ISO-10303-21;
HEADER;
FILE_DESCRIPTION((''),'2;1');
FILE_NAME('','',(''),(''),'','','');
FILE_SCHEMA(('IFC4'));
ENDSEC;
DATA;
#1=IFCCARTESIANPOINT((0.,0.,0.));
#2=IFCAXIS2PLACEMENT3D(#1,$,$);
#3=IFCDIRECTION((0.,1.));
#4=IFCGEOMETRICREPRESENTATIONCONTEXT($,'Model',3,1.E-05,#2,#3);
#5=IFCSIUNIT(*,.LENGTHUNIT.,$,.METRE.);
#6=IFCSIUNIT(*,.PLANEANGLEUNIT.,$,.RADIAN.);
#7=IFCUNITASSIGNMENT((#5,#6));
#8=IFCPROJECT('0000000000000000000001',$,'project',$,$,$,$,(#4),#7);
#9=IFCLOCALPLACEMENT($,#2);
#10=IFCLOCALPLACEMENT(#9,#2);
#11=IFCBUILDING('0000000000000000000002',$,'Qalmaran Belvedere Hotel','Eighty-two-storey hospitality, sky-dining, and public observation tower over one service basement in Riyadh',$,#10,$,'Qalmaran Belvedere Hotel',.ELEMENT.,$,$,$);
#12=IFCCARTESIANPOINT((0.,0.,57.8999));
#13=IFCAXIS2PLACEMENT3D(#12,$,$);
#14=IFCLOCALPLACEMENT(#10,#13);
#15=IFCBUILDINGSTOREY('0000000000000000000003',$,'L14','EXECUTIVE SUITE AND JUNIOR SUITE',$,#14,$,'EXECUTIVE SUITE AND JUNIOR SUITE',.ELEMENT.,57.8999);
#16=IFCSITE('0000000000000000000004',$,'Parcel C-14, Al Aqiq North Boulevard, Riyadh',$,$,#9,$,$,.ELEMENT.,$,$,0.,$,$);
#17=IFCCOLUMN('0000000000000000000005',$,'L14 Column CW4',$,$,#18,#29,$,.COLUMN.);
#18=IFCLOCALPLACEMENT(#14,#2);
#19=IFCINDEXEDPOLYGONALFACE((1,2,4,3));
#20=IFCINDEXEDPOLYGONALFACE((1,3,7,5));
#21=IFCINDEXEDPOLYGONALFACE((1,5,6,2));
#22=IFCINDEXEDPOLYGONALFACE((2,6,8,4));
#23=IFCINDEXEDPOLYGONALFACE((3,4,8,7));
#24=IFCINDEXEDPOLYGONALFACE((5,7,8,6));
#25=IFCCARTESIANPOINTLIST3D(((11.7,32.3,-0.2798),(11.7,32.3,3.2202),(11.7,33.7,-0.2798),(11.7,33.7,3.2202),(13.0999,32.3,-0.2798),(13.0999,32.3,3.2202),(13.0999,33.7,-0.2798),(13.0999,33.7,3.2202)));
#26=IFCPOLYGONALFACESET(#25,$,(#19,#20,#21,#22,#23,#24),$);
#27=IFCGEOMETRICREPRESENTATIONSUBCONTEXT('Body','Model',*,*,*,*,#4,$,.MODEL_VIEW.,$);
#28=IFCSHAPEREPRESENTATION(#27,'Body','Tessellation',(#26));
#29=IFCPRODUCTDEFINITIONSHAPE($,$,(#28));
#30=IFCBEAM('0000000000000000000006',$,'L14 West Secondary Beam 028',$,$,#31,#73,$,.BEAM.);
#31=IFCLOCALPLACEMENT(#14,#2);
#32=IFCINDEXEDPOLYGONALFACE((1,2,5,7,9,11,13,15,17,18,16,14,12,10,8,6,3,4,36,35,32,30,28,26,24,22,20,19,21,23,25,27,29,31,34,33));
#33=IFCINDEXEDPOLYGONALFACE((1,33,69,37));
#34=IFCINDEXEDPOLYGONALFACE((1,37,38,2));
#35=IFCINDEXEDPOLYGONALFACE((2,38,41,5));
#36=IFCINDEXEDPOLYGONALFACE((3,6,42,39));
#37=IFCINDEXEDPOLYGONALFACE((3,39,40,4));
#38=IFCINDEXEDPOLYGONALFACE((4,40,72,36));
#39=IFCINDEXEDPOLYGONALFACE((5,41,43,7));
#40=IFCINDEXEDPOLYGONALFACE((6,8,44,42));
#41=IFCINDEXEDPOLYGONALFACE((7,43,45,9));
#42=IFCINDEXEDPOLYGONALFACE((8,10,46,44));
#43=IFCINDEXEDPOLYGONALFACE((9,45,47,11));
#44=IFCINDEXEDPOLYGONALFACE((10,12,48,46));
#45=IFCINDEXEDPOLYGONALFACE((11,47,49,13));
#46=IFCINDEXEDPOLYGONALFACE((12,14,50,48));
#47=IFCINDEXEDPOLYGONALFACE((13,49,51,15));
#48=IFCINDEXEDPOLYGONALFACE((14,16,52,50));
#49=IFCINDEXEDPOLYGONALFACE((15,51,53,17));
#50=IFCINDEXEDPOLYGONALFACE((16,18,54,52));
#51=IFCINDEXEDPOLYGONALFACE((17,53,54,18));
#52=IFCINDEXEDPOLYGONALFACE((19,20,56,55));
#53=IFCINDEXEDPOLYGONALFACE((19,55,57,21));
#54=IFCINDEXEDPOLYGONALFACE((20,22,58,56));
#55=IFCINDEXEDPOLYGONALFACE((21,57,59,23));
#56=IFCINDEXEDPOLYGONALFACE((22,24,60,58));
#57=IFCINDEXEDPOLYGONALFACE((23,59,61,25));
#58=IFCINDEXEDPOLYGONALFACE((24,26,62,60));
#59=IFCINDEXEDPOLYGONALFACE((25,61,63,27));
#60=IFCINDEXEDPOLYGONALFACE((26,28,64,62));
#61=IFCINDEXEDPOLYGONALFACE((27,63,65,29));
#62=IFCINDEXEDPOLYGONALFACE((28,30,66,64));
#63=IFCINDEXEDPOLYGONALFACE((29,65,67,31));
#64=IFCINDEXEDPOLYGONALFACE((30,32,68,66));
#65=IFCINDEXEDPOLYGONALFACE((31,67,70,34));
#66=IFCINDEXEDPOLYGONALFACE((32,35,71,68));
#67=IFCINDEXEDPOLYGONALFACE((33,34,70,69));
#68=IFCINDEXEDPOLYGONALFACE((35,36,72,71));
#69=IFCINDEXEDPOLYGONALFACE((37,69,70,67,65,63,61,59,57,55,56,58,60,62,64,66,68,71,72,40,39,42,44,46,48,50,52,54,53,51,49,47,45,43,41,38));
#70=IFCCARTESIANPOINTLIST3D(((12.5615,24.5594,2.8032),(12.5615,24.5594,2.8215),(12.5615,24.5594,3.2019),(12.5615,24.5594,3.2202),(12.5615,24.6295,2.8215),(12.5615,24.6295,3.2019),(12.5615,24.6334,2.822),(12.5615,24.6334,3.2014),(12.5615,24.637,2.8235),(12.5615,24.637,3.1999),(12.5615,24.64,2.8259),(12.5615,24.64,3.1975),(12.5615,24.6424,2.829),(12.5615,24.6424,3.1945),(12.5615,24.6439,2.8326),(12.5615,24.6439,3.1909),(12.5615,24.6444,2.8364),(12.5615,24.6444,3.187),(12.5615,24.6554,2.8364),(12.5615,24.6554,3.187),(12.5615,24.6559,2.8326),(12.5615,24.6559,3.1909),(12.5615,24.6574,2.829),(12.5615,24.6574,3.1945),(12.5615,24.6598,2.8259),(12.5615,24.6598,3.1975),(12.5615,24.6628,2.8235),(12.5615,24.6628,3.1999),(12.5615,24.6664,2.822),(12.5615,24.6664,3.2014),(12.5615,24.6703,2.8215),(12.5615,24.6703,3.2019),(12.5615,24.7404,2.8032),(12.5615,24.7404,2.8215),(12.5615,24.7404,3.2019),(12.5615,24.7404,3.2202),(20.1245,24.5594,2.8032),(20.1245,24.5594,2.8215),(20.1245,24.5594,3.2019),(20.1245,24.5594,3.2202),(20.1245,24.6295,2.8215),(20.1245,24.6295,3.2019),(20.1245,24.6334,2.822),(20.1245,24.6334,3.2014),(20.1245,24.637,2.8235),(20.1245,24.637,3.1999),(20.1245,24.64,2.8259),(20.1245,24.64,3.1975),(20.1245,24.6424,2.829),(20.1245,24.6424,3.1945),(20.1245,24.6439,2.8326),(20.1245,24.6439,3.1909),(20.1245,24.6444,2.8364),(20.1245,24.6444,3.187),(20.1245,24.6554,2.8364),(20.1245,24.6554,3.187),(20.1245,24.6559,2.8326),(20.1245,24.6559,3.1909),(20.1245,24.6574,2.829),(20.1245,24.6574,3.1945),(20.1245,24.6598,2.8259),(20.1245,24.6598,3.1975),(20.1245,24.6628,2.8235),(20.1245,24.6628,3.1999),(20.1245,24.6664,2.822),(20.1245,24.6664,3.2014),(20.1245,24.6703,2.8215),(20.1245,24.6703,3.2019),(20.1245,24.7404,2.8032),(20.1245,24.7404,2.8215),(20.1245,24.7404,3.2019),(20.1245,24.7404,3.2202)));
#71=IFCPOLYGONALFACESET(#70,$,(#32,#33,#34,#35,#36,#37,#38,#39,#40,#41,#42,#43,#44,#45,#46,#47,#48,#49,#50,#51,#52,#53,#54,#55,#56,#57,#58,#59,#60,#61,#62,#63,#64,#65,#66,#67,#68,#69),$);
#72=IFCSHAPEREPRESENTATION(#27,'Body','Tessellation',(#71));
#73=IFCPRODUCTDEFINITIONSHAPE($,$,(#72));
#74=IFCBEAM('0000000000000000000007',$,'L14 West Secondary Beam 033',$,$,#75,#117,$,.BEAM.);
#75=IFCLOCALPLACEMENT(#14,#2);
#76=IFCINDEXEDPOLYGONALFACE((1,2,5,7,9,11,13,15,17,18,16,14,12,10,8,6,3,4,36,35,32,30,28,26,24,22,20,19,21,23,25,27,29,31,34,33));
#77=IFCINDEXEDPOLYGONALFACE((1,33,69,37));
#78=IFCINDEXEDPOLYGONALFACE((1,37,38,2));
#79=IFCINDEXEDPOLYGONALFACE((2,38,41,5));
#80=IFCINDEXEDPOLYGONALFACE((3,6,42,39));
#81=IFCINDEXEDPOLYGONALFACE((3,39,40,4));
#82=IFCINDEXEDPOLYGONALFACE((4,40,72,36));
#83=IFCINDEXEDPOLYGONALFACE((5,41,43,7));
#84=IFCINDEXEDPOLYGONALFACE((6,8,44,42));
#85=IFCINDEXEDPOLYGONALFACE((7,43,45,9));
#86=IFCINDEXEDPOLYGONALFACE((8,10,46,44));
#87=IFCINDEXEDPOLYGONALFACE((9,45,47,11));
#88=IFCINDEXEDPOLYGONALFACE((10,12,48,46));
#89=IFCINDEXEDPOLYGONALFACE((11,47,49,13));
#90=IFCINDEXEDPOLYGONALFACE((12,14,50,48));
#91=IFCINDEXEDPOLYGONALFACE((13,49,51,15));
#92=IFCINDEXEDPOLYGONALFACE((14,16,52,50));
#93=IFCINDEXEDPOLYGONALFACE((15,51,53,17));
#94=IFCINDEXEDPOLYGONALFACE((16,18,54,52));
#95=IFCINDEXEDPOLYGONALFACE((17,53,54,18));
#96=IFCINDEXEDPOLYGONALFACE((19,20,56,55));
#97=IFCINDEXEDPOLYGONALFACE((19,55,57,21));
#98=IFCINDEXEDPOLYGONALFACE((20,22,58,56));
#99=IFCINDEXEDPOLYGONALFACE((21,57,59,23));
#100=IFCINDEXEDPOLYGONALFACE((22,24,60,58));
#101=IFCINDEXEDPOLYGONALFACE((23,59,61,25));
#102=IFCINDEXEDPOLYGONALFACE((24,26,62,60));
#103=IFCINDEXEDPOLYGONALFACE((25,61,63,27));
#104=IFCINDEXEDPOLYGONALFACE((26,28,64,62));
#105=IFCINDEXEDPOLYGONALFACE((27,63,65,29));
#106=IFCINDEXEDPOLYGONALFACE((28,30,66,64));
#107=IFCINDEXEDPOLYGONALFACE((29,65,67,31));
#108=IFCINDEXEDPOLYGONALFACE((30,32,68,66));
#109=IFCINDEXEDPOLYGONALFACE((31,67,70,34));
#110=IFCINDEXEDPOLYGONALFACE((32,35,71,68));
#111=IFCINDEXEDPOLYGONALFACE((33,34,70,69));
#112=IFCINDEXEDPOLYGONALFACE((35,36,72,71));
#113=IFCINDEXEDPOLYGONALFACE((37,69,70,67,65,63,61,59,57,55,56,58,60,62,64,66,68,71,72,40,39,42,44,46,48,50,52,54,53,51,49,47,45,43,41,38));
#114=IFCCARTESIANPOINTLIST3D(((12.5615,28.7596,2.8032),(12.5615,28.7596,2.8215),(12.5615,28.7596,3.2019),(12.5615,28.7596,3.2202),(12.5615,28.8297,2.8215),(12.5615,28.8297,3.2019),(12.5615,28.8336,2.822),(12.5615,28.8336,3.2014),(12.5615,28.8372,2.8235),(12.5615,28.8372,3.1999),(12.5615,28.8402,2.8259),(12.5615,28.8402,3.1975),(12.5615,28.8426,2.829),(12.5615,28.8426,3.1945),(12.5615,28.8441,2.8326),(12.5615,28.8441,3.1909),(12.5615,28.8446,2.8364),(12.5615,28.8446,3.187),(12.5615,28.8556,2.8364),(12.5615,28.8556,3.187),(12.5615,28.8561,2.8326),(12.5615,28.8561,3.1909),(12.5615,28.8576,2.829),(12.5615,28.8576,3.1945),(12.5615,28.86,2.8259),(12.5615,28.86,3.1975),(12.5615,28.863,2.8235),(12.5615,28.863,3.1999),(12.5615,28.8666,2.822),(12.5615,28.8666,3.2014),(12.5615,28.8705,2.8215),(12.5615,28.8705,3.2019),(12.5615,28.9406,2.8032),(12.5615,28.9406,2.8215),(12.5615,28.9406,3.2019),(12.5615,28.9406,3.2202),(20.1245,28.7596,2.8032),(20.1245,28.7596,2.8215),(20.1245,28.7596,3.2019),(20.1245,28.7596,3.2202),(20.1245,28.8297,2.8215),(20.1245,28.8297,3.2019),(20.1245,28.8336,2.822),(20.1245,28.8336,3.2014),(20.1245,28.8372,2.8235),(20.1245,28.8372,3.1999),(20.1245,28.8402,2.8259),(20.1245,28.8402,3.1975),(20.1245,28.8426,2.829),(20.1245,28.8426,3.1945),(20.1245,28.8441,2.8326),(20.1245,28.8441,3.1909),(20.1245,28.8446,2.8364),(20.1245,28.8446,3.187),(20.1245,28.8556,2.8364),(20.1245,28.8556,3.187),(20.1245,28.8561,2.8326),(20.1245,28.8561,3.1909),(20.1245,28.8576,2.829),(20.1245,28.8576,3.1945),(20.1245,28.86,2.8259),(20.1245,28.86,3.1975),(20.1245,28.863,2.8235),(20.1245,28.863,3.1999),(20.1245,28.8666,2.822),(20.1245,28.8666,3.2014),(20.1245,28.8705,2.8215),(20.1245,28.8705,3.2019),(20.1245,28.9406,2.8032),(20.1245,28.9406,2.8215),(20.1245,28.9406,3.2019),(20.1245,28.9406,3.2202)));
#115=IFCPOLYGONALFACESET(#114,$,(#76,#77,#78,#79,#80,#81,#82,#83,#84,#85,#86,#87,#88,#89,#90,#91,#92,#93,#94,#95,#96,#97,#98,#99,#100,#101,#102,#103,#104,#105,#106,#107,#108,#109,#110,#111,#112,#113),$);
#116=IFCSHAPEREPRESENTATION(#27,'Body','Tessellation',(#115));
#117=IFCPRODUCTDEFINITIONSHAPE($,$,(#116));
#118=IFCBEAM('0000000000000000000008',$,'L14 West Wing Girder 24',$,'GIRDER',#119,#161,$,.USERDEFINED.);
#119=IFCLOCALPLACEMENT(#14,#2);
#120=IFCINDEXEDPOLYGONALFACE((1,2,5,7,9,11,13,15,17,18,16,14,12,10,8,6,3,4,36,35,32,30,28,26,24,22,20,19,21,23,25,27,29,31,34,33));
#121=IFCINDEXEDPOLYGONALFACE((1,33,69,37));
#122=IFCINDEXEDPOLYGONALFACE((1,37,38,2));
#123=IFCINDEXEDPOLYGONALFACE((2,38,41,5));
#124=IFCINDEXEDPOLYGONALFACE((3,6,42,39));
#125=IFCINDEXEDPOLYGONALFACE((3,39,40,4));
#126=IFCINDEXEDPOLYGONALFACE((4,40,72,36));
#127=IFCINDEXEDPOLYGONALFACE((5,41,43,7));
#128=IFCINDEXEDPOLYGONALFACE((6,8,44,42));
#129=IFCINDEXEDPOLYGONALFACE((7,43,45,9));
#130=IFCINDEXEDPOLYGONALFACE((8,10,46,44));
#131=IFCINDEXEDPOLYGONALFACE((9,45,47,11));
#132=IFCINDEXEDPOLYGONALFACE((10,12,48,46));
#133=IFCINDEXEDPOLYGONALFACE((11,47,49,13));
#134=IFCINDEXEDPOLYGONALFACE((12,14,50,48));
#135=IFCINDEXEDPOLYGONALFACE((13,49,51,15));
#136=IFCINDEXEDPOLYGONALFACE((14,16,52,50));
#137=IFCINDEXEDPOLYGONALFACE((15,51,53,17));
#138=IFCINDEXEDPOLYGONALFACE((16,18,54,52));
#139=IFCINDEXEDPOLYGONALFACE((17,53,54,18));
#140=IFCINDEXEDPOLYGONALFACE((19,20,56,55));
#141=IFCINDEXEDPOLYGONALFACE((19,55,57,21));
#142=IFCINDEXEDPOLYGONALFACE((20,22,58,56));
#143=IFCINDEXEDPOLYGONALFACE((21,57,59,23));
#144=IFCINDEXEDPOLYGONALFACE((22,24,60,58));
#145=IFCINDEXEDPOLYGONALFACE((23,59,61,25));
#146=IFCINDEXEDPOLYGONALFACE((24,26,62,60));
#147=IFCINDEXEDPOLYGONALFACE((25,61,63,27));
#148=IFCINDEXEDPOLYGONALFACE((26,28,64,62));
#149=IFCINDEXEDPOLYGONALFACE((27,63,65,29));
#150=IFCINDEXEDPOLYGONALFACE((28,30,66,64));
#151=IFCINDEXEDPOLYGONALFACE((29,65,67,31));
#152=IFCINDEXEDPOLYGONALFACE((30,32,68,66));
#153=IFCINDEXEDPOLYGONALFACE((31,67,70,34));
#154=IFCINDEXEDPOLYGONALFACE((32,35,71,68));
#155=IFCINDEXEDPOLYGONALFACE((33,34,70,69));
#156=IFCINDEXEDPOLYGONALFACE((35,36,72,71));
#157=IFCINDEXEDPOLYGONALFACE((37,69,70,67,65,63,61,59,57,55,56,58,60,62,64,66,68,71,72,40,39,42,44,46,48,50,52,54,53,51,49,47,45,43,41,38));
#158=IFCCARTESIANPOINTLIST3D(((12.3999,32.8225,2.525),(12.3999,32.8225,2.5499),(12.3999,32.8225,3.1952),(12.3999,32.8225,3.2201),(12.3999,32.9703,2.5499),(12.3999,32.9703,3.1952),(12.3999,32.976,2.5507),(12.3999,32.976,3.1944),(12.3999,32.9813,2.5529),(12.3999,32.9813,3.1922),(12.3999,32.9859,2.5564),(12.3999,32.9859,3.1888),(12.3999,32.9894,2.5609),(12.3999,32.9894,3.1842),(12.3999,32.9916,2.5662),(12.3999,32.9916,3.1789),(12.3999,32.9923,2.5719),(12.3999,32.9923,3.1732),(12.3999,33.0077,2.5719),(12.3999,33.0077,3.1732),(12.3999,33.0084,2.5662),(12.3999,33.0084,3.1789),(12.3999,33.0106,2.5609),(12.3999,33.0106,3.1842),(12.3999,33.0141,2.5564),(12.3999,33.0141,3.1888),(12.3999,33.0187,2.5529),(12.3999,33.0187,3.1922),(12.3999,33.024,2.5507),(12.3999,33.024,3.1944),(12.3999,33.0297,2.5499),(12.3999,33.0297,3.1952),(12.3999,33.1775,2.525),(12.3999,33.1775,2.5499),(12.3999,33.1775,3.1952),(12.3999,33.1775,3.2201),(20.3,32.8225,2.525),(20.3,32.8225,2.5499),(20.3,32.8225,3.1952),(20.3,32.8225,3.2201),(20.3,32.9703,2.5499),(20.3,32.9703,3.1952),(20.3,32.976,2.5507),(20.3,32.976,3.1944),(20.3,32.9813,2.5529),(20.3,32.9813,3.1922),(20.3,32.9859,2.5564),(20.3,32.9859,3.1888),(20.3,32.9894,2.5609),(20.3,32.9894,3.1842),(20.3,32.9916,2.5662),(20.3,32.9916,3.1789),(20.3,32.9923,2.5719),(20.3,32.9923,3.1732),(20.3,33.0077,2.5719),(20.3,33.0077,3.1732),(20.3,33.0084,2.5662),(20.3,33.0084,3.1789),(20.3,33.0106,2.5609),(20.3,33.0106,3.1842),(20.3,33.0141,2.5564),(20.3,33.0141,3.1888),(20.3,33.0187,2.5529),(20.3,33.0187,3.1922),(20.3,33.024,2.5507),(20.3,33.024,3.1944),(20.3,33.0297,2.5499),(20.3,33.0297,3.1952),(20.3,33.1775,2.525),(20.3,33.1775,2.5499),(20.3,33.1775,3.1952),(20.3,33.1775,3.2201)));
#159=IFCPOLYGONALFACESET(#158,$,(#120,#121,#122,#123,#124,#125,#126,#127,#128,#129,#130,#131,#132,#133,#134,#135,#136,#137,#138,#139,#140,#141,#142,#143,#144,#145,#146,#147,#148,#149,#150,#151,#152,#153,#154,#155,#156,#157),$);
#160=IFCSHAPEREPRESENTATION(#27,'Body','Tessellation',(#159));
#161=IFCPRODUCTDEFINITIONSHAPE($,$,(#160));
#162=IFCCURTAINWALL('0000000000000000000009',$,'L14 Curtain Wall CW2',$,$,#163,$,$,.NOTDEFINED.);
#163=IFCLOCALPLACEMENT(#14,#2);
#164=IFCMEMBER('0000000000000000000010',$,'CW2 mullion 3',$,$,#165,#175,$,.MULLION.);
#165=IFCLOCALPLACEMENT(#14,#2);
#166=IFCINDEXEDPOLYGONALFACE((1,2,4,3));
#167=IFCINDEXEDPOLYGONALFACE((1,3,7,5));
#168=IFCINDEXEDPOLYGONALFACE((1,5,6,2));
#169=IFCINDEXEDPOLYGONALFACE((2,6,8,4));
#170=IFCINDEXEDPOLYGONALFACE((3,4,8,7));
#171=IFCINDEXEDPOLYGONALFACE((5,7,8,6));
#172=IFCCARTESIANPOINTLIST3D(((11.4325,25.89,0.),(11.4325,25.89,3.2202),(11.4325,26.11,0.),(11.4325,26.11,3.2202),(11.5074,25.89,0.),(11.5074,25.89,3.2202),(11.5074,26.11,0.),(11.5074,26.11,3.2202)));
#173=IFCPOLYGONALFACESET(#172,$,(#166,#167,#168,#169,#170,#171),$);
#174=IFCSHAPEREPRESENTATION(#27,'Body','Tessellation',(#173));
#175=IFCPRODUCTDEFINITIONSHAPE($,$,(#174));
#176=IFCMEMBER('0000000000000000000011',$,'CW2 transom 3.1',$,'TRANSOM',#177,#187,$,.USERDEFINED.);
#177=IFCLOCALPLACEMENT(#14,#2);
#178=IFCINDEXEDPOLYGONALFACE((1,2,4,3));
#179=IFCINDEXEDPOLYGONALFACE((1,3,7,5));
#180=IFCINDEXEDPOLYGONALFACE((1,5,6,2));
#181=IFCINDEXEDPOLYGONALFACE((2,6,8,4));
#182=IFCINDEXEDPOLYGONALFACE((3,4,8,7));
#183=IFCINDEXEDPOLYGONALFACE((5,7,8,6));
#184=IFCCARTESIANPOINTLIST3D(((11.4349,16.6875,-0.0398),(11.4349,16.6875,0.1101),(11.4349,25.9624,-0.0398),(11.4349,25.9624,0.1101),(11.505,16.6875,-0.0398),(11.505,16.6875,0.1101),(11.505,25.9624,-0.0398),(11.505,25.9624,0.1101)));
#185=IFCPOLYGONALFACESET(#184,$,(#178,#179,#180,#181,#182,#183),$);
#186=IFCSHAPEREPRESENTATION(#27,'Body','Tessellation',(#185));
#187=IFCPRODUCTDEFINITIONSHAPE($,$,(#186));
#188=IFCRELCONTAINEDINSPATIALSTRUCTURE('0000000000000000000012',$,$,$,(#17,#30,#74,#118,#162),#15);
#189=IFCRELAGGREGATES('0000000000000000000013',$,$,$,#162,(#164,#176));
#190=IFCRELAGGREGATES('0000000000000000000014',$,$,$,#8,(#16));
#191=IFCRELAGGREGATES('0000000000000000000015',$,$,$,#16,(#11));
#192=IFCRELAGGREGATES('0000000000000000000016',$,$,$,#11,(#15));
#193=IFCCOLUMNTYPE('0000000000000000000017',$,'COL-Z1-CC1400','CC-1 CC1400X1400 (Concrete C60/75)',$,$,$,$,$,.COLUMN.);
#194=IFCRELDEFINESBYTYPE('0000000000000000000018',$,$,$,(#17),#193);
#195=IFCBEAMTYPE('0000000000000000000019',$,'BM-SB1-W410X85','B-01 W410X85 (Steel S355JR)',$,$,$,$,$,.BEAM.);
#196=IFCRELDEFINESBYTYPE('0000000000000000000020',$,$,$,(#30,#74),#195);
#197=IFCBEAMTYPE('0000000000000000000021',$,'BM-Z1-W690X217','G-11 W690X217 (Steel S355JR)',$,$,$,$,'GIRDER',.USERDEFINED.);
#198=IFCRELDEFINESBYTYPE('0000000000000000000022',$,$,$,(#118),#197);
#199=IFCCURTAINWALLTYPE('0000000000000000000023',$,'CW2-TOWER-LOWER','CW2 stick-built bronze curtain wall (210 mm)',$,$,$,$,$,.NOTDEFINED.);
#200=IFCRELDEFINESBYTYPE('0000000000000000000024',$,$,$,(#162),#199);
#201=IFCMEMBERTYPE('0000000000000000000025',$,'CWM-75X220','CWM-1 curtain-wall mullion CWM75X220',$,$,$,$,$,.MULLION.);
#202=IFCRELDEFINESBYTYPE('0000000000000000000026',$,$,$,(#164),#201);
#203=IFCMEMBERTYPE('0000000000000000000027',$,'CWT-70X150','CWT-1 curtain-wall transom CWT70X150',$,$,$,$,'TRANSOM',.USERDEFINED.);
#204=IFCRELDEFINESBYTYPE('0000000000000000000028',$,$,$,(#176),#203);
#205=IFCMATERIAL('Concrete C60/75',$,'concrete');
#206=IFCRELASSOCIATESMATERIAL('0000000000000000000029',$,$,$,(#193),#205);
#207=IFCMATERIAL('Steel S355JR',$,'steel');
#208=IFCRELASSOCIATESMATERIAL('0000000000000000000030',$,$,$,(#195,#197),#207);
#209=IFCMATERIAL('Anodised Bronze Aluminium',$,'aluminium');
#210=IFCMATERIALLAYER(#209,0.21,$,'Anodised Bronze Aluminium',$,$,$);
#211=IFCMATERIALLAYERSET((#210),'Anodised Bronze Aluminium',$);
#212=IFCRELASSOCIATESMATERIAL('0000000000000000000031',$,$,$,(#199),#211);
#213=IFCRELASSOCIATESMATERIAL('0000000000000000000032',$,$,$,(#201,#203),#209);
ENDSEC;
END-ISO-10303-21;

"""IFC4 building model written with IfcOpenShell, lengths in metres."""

from ifc_helpers import new_model, si_unit, direction, frame, origin, origin_2d, place, context, subcontext, project, spatial, rectangle, i_section, extrude, material, layer, layer_set, material_profile, profile_set, type_object, element, aggregate, save


model = new_model("IFC4")

# Units and contexts
model_context = context("Model", 3, precision=1e-05, world=origin(), true_north=direction((0.0, 1.0)))
body_context = subcontext(model_context, "Body", "Model", "MODEL_VIEW")
ifc_project = project(units=[si_unit("LENGTHUNIT", "METRE"), si_unit("PLANEANGLEUNIT", "RADIAN")], contexts=[model_context])

# Site, building, storey
site_placement = place(None, origin())
site = spatial("IfcSite", under=ifc_project, at=site_placement, Name="Parcel C-14, Al Aqiq North Boulevard, Riyadh", CompositionType="ELEMENT", RefElevation=0.0)
building_placement = place(site_placement, origin())
building = spatial("IfcBuilding", under=site, at=building_placement, Name="Qalmaran Belvedere Hotel", Description="Eighty-two-storey hospitality, sky-dining, and public observation tower over one service basement in Riyadh", LongName="Qalmaran Belvedere Hotel", CompositionType="ELEMENT")
storey_placement = place(building_placement, frame((0.0, 0.0, 57.8999)))
storey = spatial("IfcBuildingStorey", under=building, at=storey_placement, Name="L14", Description="EXECUTIVE SUITE AND JUNIOR SUITE", LongName="EXECUTIVE SUITE AND JUNIOR SUITE", CompositionType="ELEMENT", Elevation=57.8999)

# Column
ifc_material_1 = material(Name="Concrete C60/75", Category="concrete")
ifc_material_profile_1 = material_profile(ifc_material_1, rectangle(XDim=1.3999, YDim=1.3999, at=origin_2d()), Name="CC1400X1400")
ifc_profile_set_1 = profile_set([ifc_material_profile_1], Name="Concrete C60/75")
column_type = type_object("IfcColumnType", Name="COL-Z1-CC1400", Description="CC-1 CC1400X1400 (Concrete C60/75)", PredefinedType="COLUMN", material=ifc_profile_set_1)
column_placement = place(storey_placement, frame((12.3999, 33.0, -0.2798), z_axis=(0.0, 0.0, 1.0), x_axis=(1.0, 0.0, 0.0)))
element("IfcColumn", 1, at=column_placement, inside=storey, type_object=column_type, Name="L14 Column CW4", PredefinedType="COLUMN", context=body_context, shape_type="SweptSolid", body=[
    extrude(rectangle(XDim=1.3999, YDim=1.3999, at=origin_2d()), origin(), (0.0, 0.0, 1.0), 3.5),
])

# Beams
ifc_material_2 = material(Name="Steel S355JR", Category="steel")
ifc_material_profile_2 = material_profile(ifc_material_2, i_section(OverallWidth=0.1809, OverallDepth=0.417, WebThickness=0.011, FlangeThickness=0.0183, FilletRadius=0.0149, at=origin_2d()), Name="W410X85")
ifc_profile_set_2 = profile_set([ifc_material_profile_2], Name="Steel S355JR")
beam_type_1 = type_object("IfcBeamType", Name="BM-SB1-W410X85", Description="B-01 W410X85 (Steel S355JR)", PredefinedType="BEAM", material=ifc_profile_set_2)
for number, where, z_axis, x_axis, name in (
    (2, (12.5615, 24.6499, 3.0117), (1.0, 0.0, 0.0), (0.0, 1.0, 0.0), "L14 West Secondary Beam 028"),
    (3, (12.5615, 28.8501, 3.0117), (1.0, 0.0, 0.0), (0.0, 1.0, 0.0), "L14 West Secondary Beam 033"),
):
    element("IfcBeam", number, at=place(storey_placement, frame(where, z_axis=z_axis, x_axis=x_axis)), inside=storey, type_object=beam_type_1, Name=name, PredefinedType="BEAM", context=body_context, shape_type="SweptSolid", body=[
        extrude(i_section(OverallWidth=0.1809, OverallDepth=0.417, WebThickness=0.011, FlangeThickness=0.0183, FilletRadius=0.0149, at=origin_2d()), origin(), (0.0, 0.0, 1.0), 7.563),
    ])
ifc_material_profile_3 = material_profile(ifc_material_2, i_section(OverallWidth=0.355, OverallDepth=0.6951, WebThickness=0.0154, FlangeThickness=0.0249, FilletRadius=0.022, at=origin_2d()), Name="W690X217")
ifc_profile_set_3 = profile_set([ifc_material_profile_3], Name="Steel S355JR")
beam_type_2 = type_object("IfcBeamType", Name="BM-Z1-W690X217", Description="G-11 W690X217 (Steel S355JR)", ElementType="GIRDER", PredefinedType="USERDEFINED", material=ifc_profile_set_3)
beam_placement = place(storey_placement, frame((12.3999, 33.0, 2.8726), z_axis=(1.0, 0.0, 0.0), x_axis=(0.0, 1.0, 0.0)))
element("IfcBeam", 4, at=beam_placement, inside=storey, type_object=beam_type_2, Name="L14 West Wing Girder 24", ObjectType="GIRDER", PredefinedType="USERDEFINED", context=body_context, shape_type="SweptSolid", body=[
    extrude(i_section(OverallWidth=0.355, OverallDepth=0.6951, WebThickness=0.0154, FlangeThickness=0.0249, FilletRadius=0.022, at=origin_2d()), origin(), (0.0, 0.0, 1.0), 7.9001),
])

# Curtain wall, members
ifc_material_3 = material(Name="Anodised Bronze Aluminium", Category="aluminium")
ifc_layer_1 = layer(ifc_material_3, 0.21, Name="Anodised Bronze Aluminium")
ifc_layer_set_1 = layer_set([ifc_layer_1], Name="Anodised Bronze Aluminium")
curtain_wall_type = type_object("IfcCurtainWallType", Name="CW2-TOWER-LOWER", Description="CW2 stick-built bronze curtain wall (210 mm)", PredefinedType="NOTDEFINED", material=ifc_layer_set_1)
curtain_wall_placement = place(storey_placement, origin())
curtain_wall = element("IfcCurtainWall", 5, at=curtain_wall_placement, inside=storey, type_object=curtain_wall_type, Name="L14 Curtain Wall CW2", PredefinedType="NOTDEFINED")
ifc_material_profile_4 = material_profile(ifc_material_3, rectangle(XDim=0.075, YDim=0.22, at=origin_2d()), Name="CWM75X220")
ifc_profile_set_4 = profile_set([ifc_material_profile_4], Name="Anodised Bronze Aluminium")
member_type_1 = type_object("IfcMemberType", Name="CWM-75X220", Description="CWM-1 curtain-wall mullion CWM75X220", PredefinedType="MULLION", material=ifc_profile_set_4)
member_1_placement = place(storey_placement, frame((11.47, 26.0, 0.0), z_axis=(0.0, 0.0, 1.0), x_axis=(1.0, 0.0, 0.0)))
member_1 = element("IfcMember", 6, at=member_1_placement, type_object=member_type_1, Name="CW2 mullion 3", PredefinedType="MULLION", context=body_context, shape_type="SweptSolid", body=[
    extrude(rectangle(XDim=0.075, YDim=0.22, at=origin_2d()), origin(), (0.0, 0.0, 1.0), 3.2202),
])
ifc_material_profile_5 = material_profile(ifc_material_3, rectangle(XDim=0.0701, YDim=0.1499, at=origin_2d()), Name="CWT70X150")
ifc_profile_set_5 = profile_set([ifc_material_profile_5], Name="Anodised Bronze Aluminium")
member_type_2 = type_object("IfcMemberType", Name="CWT-70X150", Description="CWT-1 curtain-wall transom CWT70X150", ElementType="TRANSOM", PredefinedType="USERDEFINED", material=ifc_profile_set_5)
member_2_placement = place(storey_placement, frame((11.47, 25.9624, 0.0352), z_axis=(0.0, -1.0, 0.0), x_axis=(1.0, 0.0, 0.0)))
member_2 = element("IfcMember", 7, at=member_2_placement, type_object=member_type_2, Name="CW2 transom 3.1", ObjectType="TRANSOM", PredefinedType="USERDEFINED", context=body_context, shape_type="SweptSolid", body=[
    extrude(rectangle(XDim=0.0701, YDim=0.1499, at=origin_2d()), origin(), (0.0, 0.0, 1.0), 9.2749),
])
aggregate(curtain_wall, [member_1, member_2])

save(model, "model.ifc")
